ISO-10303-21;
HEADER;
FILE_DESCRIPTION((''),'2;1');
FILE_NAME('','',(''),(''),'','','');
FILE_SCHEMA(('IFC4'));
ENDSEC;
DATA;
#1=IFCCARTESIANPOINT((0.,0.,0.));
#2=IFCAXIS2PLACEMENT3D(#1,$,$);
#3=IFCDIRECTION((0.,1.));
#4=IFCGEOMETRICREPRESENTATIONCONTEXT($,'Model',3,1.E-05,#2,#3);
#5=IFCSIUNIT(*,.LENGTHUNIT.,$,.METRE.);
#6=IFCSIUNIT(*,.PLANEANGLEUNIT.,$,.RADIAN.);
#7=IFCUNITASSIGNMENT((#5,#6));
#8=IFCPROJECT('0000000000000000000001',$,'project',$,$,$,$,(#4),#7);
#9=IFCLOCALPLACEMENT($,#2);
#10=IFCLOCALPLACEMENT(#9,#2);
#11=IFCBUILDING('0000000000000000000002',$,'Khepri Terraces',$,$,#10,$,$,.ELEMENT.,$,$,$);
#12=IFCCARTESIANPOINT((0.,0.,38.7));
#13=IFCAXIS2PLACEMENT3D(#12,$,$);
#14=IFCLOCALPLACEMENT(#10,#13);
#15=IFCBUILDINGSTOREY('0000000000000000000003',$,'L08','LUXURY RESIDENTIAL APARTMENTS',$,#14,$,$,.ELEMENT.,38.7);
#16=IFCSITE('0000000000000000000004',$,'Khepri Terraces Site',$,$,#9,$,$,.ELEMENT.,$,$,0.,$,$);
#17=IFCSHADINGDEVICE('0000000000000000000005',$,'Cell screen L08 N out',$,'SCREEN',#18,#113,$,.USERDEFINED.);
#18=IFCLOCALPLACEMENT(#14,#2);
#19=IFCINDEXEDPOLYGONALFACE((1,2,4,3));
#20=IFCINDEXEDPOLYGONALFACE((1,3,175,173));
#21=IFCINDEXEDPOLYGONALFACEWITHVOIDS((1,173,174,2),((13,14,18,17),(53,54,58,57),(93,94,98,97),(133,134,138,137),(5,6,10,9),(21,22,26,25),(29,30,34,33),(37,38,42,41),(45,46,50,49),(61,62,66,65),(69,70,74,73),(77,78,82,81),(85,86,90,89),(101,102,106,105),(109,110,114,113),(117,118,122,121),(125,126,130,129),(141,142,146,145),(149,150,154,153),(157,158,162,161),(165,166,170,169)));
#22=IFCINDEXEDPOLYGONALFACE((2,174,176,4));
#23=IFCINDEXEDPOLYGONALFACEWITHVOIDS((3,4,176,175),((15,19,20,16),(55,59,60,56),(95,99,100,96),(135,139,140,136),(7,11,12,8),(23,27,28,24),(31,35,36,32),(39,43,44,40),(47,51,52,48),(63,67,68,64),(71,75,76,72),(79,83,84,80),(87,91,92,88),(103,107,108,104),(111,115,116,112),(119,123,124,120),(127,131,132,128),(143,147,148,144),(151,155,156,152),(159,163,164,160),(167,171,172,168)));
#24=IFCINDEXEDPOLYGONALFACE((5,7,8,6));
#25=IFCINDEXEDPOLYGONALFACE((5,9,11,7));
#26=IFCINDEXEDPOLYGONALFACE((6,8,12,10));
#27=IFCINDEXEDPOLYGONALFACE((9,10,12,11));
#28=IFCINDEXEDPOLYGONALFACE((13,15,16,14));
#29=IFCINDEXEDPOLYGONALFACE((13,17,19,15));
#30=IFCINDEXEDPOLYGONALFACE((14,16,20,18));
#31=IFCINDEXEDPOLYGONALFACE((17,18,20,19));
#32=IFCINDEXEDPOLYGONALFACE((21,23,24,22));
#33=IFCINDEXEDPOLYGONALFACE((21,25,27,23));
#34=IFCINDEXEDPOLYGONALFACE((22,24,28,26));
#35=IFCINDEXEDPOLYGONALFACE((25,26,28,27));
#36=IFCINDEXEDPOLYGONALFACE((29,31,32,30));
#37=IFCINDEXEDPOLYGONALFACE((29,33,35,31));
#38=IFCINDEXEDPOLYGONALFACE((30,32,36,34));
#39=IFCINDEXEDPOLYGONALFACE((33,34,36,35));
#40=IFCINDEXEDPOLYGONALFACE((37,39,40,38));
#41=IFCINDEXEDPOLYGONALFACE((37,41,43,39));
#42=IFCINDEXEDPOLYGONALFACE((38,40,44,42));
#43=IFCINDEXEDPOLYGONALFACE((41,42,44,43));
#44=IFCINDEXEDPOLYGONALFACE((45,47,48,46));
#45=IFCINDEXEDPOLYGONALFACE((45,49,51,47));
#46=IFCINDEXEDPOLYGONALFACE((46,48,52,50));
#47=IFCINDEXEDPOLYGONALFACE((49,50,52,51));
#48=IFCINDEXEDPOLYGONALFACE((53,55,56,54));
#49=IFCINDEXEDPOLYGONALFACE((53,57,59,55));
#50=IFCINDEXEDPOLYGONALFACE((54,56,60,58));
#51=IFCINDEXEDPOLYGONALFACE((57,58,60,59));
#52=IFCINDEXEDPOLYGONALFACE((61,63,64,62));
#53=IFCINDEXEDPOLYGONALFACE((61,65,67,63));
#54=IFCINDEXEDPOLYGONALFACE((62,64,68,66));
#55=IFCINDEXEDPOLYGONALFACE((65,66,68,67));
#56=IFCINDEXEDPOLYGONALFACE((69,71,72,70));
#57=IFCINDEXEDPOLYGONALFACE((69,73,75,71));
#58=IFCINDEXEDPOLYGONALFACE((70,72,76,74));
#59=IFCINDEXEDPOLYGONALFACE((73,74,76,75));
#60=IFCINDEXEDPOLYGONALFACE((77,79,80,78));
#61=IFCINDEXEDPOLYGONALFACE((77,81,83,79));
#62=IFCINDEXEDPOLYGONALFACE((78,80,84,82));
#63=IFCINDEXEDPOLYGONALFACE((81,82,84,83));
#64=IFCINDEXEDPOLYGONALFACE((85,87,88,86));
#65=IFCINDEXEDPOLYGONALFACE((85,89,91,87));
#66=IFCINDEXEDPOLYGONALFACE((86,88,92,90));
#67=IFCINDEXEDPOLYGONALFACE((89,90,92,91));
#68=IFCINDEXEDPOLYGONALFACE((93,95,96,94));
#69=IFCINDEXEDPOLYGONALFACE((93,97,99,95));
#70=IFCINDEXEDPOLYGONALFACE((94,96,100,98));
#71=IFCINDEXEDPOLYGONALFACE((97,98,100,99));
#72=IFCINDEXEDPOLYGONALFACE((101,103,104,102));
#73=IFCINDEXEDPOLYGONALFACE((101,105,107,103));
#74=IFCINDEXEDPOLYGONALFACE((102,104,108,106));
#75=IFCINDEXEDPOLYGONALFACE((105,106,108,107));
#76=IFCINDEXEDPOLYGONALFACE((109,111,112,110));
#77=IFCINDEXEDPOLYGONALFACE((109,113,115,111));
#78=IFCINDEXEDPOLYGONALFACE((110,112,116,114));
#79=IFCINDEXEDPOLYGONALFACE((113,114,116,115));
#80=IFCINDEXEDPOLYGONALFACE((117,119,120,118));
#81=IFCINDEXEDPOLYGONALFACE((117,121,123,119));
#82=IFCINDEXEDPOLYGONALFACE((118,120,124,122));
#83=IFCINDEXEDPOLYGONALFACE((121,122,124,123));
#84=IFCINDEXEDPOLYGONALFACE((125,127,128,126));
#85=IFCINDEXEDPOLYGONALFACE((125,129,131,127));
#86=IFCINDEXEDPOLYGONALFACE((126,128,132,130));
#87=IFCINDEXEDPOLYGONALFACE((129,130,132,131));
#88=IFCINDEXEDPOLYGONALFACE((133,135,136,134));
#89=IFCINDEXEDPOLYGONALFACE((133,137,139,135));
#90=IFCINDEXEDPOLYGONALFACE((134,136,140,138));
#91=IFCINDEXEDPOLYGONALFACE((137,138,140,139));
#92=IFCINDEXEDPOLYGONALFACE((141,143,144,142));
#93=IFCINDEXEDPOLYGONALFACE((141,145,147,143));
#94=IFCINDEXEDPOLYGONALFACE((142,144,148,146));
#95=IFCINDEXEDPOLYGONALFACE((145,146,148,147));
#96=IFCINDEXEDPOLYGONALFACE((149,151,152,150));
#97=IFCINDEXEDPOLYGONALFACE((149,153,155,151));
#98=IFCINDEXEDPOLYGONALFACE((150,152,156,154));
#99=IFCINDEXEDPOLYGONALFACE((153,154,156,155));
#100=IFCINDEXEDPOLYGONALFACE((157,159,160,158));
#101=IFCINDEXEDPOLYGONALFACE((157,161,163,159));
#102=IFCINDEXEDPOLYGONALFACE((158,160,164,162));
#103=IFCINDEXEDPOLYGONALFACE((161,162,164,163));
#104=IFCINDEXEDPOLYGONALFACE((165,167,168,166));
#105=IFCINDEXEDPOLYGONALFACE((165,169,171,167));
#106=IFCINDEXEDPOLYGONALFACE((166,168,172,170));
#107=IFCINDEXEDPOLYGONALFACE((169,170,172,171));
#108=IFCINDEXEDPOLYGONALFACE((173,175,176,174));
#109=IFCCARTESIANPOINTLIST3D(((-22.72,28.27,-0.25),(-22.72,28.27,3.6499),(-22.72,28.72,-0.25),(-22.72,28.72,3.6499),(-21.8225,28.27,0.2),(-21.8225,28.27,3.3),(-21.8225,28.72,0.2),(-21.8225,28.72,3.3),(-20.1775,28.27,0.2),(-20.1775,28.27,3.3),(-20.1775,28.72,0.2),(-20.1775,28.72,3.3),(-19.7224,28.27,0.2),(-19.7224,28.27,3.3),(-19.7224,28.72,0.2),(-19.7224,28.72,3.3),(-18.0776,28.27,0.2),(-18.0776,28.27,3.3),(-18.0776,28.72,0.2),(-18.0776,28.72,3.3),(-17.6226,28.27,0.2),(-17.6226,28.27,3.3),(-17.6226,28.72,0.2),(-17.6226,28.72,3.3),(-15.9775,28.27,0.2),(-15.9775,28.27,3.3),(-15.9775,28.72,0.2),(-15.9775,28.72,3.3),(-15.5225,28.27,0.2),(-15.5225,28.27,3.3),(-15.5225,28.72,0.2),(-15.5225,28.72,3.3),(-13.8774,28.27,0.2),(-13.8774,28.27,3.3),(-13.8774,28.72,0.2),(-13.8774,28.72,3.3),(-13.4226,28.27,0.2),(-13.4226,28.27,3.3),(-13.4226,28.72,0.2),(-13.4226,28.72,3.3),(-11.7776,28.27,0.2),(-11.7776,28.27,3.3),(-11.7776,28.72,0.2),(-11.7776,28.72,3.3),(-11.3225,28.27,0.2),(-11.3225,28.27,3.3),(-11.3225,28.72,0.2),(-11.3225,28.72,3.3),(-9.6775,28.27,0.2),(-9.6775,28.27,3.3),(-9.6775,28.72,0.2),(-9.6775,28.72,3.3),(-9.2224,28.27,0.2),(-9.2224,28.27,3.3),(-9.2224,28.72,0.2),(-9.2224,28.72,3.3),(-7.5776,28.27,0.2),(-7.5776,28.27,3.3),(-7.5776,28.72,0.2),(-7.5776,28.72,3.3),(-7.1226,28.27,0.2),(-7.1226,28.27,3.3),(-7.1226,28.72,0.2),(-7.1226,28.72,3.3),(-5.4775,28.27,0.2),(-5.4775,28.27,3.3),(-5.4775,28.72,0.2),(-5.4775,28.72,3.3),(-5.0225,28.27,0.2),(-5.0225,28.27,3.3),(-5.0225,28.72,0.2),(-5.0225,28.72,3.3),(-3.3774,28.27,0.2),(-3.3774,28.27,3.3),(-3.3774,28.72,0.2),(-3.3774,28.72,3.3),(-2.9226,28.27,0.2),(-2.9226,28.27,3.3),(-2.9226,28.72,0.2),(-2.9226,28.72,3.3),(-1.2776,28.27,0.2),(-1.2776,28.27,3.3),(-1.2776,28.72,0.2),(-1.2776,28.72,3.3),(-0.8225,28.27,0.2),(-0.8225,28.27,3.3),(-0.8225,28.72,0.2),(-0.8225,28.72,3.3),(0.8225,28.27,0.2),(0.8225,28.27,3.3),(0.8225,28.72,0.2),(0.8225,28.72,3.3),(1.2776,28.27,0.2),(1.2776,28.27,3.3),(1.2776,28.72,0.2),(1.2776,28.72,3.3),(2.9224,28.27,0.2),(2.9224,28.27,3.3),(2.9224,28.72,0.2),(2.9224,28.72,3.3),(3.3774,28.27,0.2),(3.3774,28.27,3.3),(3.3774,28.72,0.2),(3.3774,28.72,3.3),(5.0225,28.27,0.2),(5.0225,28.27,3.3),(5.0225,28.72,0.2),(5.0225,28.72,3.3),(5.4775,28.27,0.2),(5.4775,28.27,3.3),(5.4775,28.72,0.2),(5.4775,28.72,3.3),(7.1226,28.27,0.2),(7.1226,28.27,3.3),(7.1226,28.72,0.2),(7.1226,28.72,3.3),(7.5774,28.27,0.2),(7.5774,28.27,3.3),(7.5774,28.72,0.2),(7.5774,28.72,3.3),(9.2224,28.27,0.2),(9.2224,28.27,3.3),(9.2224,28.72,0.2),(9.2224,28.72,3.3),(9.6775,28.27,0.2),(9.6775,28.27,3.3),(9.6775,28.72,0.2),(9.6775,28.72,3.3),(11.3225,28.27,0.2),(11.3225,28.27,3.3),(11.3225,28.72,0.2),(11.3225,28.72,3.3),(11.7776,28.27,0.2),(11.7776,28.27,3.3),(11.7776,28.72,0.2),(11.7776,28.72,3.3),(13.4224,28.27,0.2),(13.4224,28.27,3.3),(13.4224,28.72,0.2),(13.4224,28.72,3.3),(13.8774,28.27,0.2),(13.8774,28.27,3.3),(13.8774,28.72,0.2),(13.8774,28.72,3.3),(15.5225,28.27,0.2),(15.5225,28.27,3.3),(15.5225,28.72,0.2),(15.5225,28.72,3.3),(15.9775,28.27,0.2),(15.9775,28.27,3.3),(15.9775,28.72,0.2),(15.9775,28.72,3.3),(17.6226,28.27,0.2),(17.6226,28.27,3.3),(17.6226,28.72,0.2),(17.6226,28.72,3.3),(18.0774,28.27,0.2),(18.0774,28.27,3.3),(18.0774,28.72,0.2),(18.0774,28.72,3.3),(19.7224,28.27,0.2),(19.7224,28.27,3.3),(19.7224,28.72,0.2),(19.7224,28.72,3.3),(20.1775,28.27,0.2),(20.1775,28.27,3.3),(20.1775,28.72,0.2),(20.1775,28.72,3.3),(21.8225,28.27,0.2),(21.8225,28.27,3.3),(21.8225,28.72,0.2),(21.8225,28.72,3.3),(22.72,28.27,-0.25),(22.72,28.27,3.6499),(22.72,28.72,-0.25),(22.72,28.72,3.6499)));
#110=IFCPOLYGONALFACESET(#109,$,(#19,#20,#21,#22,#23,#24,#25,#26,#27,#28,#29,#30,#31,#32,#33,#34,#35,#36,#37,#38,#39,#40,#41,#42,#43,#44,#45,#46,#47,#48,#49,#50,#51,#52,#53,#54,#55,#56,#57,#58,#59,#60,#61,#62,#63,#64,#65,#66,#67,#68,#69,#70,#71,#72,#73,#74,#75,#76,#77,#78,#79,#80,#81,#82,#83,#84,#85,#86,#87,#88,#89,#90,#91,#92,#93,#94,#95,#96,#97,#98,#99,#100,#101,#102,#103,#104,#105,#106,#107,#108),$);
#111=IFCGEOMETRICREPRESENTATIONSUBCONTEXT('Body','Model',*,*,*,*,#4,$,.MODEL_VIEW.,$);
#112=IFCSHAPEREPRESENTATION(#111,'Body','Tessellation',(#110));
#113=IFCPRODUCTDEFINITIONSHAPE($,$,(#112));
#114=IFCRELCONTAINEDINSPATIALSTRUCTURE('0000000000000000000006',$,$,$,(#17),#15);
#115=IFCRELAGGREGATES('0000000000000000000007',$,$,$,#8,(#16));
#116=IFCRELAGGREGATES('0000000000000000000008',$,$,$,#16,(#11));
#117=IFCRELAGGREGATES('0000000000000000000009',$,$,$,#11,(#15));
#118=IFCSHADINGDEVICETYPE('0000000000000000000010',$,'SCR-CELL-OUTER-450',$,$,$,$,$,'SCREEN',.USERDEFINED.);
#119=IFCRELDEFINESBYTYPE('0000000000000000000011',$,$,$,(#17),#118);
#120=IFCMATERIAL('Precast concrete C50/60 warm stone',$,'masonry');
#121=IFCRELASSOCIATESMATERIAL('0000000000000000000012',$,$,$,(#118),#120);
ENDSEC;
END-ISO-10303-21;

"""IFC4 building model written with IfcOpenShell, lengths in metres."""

from ifc_helpers import new_model, si_unit, direction, frame, origin, place, context, subcontext, project, spatial, polyline, outline, extrude, material, type_object, element, save


model = new_model("IFC4")

# Units and contexts
model_context = context("Model", 3, precision=1e-05, world=origin(), true_north=direction((0.0, 1.0)))
body_context = subcontext(model_context, "Body", "Model", "MODEL_VIEW")
ifc_project = project(units=[si_unit("LENGTHUNIT", "METRE"), si_unit("PLANEANGLEUNIT", "RADIAN")], contexts=[model_context])

# Site, building, storey
site_placement = place(None, origin())
site = spatial("IfcSite", under=ifc_project, at=site_placement, Name="Khepri Terraces Site", CompositionType="ELEMENT", RefElevation=0.0)
building_placement = place(site_placement, origin())
building = spatial("IfcBuilding", under=site, at=building_placement, Name="Khepri Terraces", CompositionType="ELEMENT")
storey_placement = place(building_placement, frame((0.0, 0.0, 38.7)))
storey = spatial("IfcBuildingStorey", under=building, at=storey_placement, Name="L08", Description="LUXURY RESIDENTIAL APARTMENTS", CompositionType="ELEMENT", Elevation=38.7)

# Shared definitions
ifc_material_1 = material(Name="Precast concrete C50/60 warm stone", Category="masonry")

# Shading device
shading_device_type_1 = type_object("IfcShadingDeviceType", Name="SCR-CELL-OUTER-450", ElementType="SCREEN", PredefinedType="USERDEFINED", material=ifc_material_1)
shading_device_1_placement = place(storey_placement, frame((22.72, 28.27, -0.25), z_axis=(0.0, 1.0, 0.0), x_axis=(-1.0, 0.0, 0.0)))
element("IfcShadingDevice", 1, at=shading_device_1_placement, inside=storey, type_object=shading_device_type_1, Name="Cell screen L08 N out", ObjectType="SCREEN", PredefinedType="USERDEFINED", context=body_context, shape_type="SweptSolid", body=[
    extrude(outline(polyline([(0.0, 0.0), (45.4399, 0.0), (45.4399, 3.8999), (0.0, 3.8999), (0.0, 0.0)]), holes=[polyline([(0.8975, 0.45), (2.5425, 0.45), (2.5425, 3.55), (0.8975, 3.55), (0.8975, 0.45)]), polyline([(2.9976, 0.45), (4.6426, 0.45), (4.6426, 3.55), (2.9976, 3.55), (2.9976, 0.45)]), polyline([(5.0974, 0.45), (6.7424, 0.45), (6.7424, 3.55), (5.0974, 3.55), (5.0974, 0.45)]), polyline([(7.1975, 0.45), (8.8425, 0.45), (8.8425, 3.55), (7.1975, 3.55), (7.1975, 0.45)]), polyline([(9.2976, 0.45), (10.9424, 0.45), (10.9424, 3.55), (9.2976, 3.55), (9.2976, 0.45)]), polyline([(11.3975, 0.45), (13.0425, 0.45), (13.0425, 3.55), (11.3975, 3.55), (11.3975, 0.45)]), polyline([(13.4976, 0.45), (15.1426, 0.45), (15.1426, 3.55), (13.4976, 3.55), (13.4976, 0.45)]), polyline([(15.5974, 0.45), (17.2424, 0.45), (17.2424, 3.55), (15.5974, 3.55), (15.5974, 0.45)]), polyline([(17.6975, 0.45), (19.3425, 0.45), (19.3425, 3.55), (17.6975, 3.55), (17.6975, 0.45)]), polyline([(19.7976, 0.45), (21.4424, 0.45), (21.4424, 3.55), (19.7976, 3.55), (19.7976, 0.45)]), polyline([(21.8975, 0.45), (23.5425, 0.45), (23.5425, 3.55), (21.8975, 3.55), (21.8975, 0.45)]), polyline([(23.9976, 0.45), (25.6426, 0.45), (25.6426, 3.55), (23.9976, 3.55), (23.9976, 0.45)]), polyline([(26.0974, 0.45), (27.7424, 0.45), (27.7424, 3.55), (26.0974, 3.55), (26.0974, 0.45)]), polyline([(28.1975, 0.45), (29.8425, 0.45), (29.8425, 3.55), (28.1975, 3.55), (28.1975, 0.45)]), polyline([(30.2976, 0.45), (31.9424, 0.45), (31.9424, 3.55), (30.2976, 3.55), (30.2976, 0.45)]), polyline([(32.3975, 0.45), (34.0425, 0.45), (34.0425, 3.55), (32.3975, 3.55), (32.3975, 0.45)]), polyline([(34.4976, 0.45), (36.1426, 0.45), (36.1426, 3.55), (34.4976, 3.55), (34.4976, 0.45)]), polyline([(36.5974, 0.45), (38.2424, 0.45), (38.2424, 3.55), (36.5974, 3.55), (36.5974, 0.45)]), polyline([(38.6975, 0.45), (40.3425, 0.45), (40.3425, 3.55), (38.6975, 3.55), (38.6975, 0.45)]), polyline([(40.7976, 0.45), (42.4424, 0.45), (42.4424, 3.55), (40.7976, 3.55), (40.7976, 0.45)]), polyline([(42.8975, 0.45), (44.5425, 0.45), (44.5425, 3.55), (42.8975, 3.55), (42.8975, 0.45)])]), origin(), (0.0, 0.0, 1.0), 0.45),
])

save(model, "model.ifc")
